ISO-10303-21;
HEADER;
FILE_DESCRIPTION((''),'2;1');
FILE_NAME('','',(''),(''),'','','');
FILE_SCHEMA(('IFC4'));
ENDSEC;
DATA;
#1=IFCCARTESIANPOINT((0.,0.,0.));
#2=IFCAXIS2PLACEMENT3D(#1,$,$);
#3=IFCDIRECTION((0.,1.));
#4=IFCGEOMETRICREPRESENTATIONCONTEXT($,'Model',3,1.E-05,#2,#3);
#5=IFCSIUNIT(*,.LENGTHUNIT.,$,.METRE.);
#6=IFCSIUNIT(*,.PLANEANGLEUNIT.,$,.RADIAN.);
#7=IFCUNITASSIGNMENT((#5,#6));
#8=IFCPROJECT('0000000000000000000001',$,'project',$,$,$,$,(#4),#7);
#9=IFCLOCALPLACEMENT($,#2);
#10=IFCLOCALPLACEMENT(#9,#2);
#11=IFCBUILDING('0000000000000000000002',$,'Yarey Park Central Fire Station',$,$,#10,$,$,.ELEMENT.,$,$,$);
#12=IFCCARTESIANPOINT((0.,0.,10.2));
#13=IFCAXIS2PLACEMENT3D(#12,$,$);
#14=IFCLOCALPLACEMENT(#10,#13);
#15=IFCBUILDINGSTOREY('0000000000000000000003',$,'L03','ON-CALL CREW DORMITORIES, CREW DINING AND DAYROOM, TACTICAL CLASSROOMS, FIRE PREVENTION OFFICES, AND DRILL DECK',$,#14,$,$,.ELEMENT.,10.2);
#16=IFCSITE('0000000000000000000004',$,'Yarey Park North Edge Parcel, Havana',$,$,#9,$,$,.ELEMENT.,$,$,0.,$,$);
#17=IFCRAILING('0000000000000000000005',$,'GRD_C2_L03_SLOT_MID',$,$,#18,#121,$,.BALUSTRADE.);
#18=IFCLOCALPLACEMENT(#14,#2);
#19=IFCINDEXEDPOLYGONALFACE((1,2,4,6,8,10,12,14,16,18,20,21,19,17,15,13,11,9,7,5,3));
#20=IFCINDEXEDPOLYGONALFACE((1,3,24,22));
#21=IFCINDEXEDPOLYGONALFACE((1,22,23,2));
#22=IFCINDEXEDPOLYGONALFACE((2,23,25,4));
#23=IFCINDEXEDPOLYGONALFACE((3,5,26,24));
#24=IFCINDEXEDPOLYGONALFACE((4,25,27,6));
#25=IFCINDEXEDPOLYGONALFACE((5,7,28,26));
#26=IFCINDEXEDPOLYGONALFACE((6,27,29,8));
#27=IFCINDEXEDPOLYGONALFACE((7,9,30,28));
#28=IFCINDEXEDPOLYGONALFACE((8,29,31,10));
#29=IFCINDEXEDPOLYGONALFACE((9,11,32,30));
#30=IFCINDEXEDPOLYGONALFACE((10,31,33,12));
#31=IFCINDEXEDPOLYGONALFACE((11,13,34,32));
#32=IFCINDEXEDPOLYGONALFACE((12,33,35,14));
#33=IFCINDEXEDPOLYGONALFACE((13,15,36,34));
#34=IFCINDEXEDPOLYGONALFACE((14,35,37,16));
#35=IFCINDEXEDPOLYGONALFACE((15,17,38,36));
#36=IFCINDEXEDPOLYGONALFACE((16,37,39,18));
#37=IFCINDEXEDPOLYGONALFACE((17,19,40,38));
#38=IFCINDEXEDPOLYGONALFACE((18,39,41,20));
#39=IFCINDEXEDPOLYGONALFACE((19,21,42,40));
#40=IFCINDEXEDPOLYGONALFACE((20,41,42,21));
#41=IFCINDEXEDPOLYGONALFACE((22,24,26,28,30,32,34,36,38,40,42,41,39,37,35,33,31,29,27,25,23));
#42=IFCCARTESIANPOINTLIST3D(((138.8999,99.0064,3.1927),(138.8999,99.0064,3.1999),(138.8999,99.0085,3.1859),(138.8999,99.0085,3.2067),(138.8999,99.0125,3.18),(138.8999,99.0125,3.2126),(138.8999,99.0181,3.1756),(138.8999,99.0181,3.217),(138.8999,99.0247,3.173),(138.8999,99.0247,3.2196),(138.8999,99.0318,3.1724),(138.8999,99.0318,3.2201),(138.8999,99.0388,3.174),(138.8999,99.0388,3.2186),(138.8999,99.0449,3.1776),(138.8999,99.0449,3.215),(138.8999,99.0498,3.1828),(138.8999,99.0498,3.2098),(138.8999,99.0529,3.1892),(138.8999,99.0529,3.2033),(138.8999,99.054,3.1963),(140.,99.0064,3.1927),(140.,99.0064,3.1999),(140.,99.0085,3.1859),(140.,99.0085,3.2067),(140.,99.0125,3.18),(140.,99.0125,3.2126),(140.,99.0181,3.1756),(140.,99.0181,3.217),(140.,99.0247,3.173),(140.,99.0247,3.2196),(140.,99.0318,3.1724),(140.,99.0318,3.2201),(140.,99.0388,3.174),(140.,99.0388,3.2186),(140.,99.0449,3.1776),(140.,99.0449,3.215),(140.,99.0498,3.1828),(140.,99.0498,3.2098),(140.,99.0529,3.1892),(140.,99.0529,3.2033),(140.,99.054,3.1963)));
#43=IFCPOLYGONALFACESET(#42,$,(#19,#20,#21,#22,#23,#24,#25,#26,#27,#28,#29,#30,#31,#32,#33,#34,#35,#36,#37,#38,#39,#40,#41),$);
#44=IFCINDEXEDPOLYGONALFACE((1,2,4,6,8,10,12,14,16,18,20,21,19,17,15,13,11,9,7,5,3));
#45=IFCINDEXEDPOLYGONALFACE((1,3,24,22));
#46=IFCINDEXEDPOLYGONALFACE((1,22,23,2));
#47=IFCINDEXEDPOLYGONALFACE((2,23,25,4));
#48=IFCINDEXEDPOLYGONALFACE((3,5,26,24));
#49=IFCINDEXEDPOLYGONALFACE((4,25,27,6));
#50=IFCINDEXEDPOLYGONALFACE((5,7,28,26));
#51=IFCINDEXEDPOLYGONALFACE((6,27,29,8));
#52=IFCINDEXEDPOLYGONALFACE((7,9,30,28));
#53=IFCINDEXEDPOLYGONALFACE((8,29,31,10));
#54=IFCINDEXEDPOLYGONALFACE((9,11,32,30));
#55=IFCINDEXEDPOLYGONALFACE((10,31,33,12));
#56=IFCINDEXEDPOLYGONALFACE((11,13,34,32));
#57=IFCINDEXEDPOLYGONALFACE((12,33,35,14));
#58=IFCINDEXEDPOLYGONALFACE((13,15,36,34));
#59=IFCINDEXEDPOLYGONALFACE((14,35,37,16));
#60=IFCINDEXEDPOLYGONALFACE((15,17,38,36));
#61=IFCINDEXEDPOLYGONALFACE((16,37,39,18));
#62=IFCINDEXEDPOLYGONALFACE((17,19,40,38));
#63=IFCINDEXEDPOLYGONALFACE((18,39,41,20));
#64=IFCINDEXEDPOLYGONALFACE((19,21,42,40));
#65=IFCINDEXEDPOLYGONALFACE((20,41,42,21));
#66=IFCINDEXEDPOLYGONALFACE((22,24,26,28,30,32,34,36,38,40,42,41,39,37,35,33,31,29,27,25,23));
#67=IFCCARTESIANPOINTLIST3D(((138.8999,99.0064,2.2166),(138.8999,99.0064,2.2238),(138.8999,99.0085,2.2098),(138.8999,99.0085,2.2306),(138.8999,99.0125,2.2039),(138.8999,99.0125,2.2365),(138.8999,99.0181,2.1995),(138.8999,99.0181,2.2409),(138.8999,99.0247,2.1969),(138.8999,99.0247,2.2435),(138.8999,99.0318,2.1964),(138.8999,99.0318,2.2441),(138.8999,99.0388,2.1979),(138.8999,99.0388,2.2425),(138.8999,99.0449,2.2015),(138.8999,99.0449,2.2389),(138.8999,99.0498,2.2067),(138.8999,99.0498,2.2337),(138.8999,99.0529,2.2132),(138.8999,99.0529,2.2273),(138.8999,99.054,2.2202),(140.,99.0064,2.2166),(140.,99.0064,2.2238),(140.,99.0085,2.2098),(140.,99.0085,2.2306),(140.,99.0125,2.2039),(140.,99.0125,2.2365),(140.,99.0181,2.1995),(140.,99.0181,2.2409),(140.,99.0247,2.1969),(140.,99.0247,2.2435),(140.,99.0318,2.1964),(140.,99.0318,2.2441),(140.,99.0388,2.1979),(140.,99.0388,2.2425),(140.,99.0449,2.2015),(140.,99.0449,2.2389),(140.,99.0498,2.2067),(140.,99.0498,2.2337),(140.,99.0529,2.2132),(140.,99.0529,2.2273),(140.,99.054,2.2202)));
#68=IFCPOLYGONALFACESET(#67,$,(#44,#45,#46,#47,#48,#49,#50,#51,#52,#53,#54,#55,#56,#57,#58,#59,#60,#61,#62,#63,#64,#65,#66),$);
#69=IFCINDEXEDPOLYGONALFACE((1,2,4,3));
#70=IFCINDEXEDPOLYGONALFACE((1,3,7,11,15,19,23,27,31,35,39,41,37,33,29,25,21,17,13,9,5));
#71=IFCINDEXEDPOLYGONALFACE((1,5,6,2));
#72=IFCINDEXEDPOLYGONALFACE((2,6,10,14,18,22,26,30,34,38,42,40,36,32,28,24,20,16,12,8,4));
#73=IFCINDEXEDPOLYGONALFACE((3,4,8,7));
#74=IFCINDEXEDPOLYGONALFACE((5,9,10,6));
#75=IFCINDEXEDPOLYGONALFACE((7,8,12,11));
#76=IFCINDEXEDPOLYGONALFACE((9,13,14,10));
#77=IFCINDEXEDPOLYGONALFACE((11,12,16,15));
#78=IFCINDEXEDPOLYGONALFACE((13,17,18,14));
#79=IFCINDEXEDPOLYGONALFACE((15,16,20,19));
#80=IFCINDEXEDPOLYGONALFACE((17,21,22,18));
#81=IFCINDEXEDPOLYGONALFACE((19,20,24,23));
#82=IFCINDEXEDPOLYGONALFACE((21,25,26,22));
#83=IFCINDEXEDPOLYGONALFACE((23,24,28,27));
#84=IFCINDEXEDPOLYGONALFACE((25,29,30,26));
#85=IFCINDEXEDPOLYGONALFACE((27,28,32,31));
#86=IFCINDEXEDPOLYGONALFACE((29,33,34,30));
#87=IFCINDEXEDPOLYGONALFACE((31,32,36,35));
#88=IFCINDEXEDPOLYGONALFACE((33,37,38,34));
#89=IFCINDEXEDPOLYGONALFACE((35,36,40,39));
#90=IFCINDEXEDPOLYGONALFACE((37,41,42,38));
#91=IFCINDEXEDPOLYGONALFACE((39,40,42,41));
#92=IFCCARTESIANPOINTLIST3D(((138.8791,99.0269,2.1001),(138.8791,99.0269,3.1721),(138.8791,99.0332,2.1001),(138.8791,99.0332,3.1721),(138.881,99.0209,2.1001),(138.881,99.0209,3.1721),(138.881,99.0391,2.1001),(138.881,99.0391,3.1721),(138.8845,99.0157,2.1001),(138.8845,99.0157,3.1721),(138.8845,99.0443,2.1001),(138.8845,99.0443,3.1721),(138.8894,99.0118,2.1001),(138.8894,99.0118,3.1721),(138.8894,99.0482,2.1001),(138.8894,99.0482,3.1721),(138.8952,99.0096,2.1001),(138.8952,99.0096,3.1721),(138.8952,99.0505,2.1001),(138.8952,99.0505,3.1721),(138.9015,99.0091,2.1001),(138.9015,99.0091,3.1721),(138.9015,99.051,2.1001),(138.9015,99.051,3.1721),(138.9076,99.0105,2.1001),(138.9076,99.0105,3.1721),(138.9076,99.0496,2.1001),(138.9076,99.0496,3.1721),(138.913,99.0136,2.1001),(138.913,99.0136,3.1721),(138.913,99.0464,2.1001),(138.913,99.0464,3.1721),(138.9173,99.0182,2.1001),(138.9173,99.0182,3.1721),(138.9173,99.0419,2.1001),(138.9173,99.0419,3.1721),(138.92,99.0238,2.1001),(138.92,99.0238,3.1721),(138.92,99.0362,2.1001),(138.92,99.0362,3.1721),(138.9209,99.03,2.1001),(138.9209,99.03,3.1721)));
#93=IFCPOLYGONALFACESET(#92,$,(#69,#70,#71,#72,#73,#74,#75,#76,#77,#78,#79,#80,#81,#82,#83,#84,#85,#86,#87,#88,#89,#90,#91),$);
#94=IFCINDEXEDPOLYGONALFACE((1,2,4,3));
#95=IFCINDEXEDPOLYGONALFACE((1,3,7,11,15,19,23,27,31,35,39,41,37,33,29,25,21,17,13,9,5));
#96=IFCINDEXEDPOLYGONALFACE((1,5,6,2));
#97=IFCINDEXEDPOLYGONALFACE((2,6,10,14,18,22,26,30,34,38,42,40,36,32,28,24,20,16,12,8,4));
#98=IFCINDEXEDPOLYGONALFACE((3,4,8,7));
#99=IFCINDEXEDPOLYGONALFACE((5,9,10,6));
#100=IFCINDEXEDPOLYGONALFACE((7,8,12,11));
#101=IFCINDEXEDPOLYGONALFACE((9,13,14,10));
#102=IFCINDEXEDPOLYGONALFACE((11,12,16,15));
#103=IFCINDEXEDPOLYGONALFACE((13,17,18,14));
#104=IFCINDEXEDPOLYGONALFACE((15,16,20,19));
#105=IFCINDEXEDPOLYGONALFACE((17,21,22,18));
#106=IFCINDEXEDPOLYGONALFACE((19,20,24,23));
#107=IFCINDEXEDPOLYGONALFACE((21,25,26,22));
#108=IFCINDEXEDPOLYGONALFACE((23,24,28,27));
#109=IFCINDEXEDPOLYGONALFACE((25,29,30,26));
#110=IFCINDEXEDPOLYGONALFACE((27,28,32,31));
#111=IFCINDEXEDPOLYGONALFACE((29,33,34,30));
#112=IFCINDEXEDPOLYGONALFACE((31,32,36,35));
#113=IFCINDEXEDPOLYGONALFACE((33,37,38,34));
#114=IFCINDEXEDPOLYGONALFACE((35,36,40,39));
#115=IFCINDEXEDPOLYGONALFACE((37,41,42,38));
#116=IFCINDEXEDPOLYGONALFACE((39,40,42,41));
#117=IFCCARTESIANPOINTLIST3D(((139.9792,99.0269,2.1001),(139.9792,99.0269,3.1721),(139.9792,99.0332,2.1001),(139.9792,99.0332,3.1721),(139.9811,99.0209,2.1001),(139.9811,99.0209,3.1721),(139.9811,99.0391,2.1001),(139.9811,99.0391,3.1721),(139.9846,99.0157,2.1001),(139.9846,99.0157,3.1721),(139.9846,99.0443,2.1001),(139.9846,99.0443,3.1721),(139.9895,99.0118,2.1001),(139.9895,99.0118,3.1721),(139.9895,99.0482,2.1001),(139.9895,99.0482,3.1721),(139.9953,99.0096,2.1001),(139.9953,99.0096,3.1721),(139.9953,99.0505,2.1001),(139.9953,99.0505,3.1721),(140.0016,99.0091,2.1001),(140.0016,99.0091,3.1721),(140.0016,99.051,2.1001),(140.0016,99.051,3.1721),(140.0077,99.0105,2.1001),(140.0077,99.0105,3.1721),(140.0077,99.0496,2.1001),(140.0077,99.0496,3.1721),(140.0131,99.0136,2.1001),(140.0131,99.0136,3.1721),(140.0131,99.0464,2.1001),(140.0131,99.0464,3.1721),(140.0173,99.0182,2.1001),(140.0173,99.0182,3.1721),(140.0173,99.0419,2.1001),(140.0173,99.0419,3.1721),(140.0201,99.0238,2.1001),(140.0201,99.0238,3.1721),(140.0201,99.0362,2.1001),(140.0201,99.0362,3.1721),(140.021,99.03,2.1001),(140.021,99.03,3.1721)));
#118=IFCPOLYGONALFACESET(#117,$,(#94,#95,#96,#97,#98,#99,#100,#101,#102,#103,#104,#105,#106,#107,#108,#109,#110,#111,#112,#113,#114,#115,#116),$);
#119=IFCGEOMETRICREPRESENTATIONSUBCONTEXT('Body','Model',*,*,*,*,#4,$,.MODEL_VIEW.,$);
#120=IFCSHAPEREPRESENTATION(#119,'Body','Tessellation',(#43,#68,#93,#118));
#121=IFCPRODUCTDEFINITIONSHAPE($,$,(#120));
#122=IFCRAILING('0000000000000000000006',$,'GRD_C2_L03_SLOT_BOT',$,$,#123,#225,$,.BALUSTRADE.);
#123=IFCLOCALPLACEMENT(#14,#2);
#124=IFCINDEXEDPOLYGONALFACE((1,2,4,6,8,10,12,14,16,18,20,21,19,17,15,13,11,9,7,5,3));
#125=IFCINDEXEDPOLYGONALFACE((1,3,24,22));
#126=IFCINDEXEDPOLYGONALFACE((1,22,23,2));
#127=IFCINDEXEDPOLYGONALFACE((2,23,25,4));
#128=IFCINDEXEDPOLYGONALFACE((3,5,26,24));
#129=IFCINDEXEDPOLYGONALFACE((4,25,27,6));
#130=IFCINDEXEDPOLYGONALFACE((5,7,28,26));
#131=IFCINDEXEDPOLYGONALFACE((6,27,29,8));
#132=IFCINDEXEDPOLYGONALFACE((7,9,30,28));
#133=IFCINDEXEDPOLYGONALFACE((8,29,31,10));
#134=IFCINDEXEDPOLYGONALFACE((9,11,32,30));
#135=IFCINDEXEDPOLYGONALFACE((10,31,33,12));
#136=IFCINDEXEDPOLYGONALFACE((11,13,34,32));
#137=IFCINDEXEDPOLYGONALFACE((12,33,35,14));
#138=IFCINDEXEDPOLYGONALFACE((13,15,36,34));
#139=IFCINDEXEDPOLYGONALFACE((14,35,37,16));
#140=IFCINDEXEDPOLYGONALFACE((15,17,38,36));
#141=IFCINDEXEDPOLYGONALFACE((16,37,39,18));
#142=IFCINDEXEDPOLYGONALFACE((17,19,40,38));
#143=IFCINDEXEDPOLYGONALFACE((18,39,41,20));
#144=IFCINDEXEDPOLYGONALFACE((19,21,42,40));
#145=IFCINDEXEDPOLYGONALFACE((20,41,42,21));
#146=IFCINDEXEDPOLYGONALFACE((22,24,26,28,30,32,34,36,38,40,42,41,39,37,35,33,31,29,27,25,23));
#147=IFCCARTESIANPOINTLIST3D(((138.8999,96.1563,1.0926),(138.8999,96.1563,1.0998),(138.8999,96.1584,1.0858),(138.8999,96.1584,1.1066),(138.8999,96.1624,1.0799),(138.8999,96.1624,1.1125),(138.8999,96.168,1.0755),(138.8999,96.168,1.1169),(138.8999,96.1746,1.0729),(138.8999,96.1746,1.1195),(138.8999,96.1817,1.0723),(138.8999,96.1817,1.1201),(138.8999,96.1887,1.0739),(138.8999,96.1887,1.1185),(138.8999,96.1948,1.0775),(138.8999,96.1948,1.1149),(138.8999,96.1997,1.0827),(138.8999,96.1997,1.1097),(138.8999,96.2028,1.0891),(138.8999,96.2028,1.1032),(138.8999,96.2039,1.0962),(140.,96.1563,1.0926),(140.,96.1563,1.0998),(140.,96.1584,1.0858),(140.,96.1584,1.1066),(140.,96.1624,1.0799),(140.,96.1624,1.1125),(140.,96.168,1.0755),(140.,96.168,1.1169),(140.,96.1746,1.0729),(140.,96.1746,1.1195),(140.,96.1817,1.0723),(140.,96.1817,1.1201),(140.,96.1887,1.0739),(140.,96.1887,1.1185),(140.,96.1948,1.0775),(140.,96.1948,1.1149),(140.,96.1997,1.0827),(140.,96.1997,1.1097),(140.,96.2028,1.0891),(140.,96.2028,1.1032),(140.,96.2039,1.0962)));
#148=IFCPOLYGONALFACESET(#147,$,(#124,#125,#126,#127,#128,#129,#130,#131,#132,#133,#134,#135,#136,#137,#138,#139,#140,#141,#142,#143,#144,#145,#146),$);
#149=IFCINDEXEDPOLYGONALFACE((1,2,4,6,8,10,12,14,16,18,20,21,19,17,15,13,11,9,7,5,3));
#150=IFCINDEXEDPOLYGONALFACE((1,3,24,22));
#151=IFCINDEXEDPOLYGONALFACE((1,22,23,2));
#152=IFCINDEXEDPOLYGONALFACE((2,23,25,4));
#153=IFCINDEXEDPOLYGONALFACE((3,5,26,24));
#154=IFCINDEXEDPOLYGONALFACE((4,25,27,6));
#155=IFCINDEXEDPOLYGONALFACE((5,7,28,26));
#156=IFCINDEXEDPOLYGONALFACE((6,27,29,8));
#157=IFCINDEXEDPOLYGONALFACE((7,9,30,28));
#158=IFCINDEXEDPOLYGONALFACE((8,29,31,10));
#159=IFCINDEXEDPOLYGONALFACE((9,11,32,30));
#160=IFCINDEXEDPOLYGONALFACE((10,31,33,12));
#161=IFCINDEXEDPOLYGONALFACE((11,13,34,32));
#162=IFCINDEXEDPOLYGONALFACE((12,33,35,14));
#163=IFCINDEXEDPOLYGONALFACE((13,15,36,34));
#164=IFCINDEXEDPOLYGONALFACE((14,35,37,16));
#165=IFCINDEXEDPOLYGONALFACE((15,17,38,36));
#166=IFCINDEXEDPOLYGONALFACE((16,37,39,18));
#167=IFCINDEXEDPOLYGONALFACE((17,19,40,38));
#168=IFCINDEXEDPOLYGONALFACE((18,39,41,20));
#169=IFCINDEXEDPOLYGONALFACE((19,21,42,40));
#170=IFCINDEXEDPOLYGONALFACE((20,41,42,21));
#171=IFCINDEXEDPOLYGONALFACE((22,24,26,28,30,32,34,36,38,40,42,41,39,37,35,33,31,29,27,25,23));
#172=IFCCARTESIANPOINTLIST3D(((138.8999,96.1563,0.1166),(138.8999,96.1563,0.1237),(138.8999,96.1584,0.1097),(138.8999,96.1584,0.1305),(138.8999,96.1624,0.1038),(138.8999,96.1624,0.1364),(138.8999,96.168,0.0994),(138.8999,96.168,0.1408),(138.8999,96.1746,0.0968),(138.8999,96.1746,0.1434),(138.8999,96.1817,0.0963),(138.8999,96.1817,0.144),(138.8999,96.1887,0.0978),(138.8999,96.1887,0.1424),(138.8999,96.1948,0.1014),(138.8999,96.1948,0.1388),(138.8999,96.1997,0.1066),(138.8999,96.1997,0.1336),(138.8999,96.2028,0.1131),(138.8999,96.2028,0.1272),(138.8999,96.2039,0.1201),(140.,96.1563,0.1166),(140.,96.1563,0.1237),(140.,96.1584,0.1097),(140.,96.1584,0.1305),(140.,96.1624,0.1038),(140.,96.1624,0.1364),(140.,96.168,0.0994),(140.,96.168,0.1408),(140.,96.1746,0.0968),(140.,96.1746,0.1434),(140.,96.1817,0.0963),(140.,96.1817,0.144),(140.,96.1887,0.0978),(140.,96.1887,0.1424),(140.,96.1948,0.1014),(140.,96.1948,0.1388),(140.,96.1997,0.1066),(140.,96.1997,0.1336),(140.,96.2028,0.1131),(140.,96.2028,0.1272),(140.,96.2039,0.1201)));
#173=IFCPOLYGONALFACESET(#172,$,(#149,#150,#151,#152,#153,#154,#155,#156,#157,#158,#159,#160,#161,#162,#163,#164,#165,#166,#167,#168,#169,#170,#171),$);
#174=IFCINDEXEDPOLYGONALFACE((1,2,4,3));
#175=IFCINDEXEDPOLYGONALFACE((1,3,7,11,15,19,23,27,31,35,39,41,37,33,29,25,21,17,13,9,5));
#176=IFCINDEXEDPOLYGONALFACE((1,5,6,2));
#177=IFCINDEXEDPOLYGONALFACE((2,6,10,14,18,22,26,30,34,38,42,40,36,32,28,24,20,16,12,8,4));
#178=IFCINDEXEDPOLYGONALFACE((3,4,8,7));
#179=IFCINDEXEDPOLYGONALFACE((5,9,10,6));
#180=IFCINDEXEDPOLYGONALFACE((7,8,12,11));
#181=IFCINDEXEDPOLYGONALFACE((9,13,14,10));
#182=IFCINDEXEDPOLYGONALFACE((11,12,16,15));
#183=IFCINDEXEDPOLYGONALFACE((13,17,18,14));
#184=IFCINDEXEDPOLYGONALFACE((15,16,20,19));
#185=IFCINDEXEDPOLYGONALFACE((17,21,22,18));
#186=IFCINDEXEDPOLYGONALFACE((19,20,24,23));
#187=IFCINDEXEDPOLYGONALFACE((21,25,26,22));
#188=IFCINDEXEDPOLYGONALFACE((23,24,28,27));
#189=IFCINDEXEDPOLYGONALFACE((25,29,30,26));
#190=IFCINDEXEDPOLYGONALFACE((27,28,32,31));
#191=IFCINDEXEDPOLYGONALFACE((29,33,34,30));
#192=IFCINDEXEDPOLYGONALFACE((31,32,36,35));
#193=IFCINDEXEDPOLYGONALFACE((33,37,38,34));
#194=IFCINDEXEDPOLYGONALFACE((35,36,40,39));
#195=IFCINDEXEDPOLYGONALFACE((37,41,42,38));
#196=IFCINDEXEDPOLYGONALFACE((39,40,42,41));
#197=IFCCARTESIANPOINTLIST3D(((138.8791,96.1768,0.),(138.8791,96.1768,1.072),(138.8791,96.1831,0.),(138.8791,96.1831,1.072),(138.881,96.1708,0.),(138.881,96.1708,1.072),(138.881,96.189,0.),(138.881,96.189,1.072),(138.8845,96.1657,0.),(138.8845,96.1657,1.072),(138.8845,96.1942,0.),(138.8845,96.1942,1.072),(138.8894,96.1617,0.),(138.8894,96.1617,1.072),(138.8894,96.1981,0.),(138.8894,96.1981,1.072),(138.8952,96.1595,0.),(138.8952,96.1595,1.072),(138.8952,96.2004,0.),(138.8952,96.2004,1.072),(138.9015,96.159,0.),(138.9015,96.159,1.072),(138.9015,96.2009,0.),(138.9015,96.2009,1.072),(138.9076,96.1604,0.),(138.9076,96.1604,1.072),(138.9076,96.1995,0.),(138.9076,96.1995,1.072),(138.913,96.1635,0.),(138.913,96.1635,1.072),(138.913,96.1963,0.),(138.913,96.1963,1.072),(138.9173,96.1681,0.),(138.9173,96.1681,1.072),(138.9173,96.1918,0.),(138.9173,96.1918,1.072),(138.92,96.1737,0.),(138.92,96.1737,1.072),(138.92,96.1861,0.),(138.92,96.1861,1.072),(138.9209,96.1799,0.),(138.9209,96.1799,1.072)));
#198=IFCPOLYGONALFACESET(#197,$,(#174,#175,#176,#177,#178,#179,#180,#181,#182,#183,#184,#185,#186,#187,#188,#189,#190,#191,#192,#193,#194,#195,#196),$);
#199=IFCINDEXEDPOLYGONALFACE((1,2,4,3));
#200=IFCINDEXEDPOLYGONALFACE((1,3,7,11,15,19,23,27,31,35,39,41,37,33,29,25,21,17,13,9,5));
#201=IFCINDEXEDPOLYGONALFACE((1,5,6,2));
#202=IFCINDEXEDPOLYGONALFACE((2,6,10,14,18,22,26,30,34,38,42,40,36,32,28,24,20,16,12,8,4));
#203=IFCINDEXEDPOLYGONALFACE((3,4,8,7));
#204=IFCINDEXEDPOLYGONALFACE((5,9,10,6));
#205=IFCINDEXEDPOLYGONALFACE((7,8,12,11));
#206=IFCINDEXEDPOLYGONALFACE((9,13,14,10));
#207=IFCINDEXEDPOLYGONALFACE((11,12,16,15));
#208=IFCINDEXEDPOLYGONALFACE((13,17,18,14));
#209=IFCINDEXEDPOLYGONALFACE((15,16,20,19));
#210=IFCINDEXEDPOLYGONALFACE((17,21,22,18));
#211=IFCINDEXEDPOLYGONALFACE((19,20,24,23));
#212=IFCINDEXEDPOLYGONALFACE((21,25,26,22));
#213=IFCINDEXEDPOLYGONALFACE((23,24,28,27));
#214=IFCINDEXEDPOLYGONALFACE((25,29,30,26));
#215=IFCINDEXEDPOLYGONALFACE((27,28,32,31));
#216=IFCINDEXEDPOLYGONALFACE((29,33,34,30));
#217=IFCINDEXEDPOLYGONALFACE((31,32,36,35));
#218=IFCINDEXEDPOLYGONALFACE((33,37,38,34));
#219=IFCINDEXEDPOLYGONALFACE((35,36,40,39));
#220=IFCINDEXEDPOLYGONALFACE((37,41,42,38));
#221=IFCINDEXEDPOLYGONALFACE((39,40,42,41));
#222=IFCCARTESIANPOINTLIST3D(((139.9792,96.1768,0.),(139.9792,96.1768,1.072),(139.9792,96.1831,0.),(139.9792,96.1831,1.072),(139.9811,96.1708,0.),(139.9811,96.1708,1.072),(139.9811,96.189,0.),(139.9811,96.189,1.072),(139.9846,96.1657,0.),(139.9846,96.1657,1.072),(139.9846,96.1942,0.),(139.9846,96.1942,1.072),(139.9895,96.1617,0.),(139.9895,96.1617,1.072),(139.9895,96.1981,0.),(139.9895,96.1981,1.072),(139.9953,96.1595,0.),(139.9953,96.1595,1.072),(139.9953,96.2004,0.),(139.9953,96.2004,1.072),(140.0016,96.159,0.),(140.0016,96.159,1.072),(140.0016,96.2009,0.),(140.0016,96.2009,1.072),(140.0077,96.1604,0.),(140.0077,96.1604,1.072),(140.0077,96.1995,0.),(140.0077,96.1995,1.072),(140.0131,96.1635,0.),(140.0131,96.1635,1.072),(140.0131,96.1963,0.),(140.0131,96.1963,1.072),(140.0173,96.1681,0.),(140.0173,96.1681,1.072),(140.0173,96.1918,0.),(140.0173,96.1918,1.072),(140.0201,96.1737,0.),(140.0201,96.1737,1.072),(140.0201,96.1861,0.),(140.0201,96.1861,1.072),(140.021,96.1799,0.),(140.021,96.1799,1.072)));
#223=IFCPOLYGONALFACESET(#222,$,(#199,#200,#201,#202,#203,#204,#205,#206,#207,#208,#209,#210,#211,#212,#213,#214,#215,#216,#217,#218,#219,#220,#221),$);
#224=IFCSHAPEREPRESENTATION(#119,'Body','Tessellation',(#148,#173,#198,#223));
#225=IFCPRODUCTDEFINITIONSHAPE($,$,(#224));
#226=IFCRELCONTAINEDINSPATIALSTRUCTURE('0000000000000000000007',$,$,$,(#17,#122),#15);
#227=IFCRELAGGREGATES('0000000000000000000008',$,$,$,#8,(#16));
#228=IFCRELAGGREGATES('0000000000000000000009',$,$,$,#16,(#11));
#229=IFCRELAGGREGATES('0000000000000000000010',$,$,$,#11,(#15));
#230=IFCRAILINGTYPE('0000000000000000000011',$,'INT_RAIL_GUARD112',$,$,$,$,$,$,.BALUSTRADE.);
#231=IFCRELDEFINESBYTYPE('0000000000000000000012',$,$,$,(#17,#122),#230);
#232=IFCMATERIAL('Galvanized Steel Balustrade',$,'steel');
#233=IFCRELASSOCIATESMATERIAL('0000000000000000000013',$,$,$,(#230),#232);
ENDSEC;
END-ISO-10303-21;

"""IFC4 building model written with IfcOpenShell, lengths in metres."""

from ifc_helpers import new_model, si_unit, direction, frame, origin, origin_2d, place, context, subcontext, project, spatial, circle, extrude, material, type_object, element, save


model = new_model("IFC4")

# Units and contexts
model_context = context("Model", 3, precision=1e-05, world=origin(), true_north=direction((0.0, 1.0)))
body_context = subcontext(model_context, "Body", "Model", "MODEL_VIEW")
ifc_project = project(units=[si_unit("LENGTHUNIT", "METRE"), si_unit("PLANEANGLEUNIT", "RADIAN")], contexts=[model_context])

# Site, building, storey
site_placement = place(None, origin())
site = spatial("IfcSite", under=ifc_project, at=site_placement, Name="Yarey Park North Edge Parcel, Havana", CompositionType="ELEMENT", RefElevation=0.0)
building_placement = place(site_placement, origin())
building = spatial("IfcBuilding", under=site, at=building_placement, Name="Yarey Park Central Fire Station", CompositionType="ELEMENT")
storey_placement = place(building_placement, frame((0.0, 0.0, 10.2)))
storey = spatial("IfcBuildingStorey", under=building, at=storey_placement, Name="L03", Description="ON-CALL CREW DORMITORIES, CREW DINING AND DAYROOM, TACTICAL CLASSROOMS, FIRE PREVENTION OFFICES, AND DRILL DECK", CompositionType="ELEMENT", Elevation=10.2)

# Railings
ifc_material_1 = material(Name="Galvanized Steel Balustrade", Category="steel")
railing_type_1 = type_object("IfcRailingType", Name="INT_RAIL_GUARD112", PredefinedType="BALUSTRADE", material=ifc_material_1)
for number, where, name in (
    (1, (138.8999, 99.03, 2.1001), "GRD_C2_L03_SLOT_MID"),
    (2, (138.8999, 96.1799, 0.0), "GRD_C2_L03_SLOT_BOT"),
):
    element("IfcRailing", number, at=place(storey_placement, frame(where)), inside=storey, type_object=railing_type_1, Name=name, PredefinedType="BALUSTRADE", context=body_context, shape_type="SweptSolid", body=[
        extrude(circle(Radius=0.0239, at=origin_2d()), frame((0.0, 0.0, 1.0962), z_axis=(1.0, 0.0, 0.0), x_axis=(0.0, 1.0, 0.0)), (0.0, 0.0, 1.0), 1.1001),
        extrude(circle(Radius=0.0239, at=origin_2d()), frame((0.0, 0.0, 0.1201), z_axis=(1.0, 0.0, 0.0), x_axis=(0.0, 1.0, 0.0)), (0.0, 0.0, 1.0), 1.1001),
        extrude(circle(Radius=0.021, at=origin_2d()), origin(), (0.0, 0.0, 1.0), 1.072),
        extrude(circle(Radius=0.021, at=origin_2d()), frame((1.1001, 0.0, 0.0)), (0.0, 0.0, 1.0), 1.072),
    ])

save(model, "model.ifc")
